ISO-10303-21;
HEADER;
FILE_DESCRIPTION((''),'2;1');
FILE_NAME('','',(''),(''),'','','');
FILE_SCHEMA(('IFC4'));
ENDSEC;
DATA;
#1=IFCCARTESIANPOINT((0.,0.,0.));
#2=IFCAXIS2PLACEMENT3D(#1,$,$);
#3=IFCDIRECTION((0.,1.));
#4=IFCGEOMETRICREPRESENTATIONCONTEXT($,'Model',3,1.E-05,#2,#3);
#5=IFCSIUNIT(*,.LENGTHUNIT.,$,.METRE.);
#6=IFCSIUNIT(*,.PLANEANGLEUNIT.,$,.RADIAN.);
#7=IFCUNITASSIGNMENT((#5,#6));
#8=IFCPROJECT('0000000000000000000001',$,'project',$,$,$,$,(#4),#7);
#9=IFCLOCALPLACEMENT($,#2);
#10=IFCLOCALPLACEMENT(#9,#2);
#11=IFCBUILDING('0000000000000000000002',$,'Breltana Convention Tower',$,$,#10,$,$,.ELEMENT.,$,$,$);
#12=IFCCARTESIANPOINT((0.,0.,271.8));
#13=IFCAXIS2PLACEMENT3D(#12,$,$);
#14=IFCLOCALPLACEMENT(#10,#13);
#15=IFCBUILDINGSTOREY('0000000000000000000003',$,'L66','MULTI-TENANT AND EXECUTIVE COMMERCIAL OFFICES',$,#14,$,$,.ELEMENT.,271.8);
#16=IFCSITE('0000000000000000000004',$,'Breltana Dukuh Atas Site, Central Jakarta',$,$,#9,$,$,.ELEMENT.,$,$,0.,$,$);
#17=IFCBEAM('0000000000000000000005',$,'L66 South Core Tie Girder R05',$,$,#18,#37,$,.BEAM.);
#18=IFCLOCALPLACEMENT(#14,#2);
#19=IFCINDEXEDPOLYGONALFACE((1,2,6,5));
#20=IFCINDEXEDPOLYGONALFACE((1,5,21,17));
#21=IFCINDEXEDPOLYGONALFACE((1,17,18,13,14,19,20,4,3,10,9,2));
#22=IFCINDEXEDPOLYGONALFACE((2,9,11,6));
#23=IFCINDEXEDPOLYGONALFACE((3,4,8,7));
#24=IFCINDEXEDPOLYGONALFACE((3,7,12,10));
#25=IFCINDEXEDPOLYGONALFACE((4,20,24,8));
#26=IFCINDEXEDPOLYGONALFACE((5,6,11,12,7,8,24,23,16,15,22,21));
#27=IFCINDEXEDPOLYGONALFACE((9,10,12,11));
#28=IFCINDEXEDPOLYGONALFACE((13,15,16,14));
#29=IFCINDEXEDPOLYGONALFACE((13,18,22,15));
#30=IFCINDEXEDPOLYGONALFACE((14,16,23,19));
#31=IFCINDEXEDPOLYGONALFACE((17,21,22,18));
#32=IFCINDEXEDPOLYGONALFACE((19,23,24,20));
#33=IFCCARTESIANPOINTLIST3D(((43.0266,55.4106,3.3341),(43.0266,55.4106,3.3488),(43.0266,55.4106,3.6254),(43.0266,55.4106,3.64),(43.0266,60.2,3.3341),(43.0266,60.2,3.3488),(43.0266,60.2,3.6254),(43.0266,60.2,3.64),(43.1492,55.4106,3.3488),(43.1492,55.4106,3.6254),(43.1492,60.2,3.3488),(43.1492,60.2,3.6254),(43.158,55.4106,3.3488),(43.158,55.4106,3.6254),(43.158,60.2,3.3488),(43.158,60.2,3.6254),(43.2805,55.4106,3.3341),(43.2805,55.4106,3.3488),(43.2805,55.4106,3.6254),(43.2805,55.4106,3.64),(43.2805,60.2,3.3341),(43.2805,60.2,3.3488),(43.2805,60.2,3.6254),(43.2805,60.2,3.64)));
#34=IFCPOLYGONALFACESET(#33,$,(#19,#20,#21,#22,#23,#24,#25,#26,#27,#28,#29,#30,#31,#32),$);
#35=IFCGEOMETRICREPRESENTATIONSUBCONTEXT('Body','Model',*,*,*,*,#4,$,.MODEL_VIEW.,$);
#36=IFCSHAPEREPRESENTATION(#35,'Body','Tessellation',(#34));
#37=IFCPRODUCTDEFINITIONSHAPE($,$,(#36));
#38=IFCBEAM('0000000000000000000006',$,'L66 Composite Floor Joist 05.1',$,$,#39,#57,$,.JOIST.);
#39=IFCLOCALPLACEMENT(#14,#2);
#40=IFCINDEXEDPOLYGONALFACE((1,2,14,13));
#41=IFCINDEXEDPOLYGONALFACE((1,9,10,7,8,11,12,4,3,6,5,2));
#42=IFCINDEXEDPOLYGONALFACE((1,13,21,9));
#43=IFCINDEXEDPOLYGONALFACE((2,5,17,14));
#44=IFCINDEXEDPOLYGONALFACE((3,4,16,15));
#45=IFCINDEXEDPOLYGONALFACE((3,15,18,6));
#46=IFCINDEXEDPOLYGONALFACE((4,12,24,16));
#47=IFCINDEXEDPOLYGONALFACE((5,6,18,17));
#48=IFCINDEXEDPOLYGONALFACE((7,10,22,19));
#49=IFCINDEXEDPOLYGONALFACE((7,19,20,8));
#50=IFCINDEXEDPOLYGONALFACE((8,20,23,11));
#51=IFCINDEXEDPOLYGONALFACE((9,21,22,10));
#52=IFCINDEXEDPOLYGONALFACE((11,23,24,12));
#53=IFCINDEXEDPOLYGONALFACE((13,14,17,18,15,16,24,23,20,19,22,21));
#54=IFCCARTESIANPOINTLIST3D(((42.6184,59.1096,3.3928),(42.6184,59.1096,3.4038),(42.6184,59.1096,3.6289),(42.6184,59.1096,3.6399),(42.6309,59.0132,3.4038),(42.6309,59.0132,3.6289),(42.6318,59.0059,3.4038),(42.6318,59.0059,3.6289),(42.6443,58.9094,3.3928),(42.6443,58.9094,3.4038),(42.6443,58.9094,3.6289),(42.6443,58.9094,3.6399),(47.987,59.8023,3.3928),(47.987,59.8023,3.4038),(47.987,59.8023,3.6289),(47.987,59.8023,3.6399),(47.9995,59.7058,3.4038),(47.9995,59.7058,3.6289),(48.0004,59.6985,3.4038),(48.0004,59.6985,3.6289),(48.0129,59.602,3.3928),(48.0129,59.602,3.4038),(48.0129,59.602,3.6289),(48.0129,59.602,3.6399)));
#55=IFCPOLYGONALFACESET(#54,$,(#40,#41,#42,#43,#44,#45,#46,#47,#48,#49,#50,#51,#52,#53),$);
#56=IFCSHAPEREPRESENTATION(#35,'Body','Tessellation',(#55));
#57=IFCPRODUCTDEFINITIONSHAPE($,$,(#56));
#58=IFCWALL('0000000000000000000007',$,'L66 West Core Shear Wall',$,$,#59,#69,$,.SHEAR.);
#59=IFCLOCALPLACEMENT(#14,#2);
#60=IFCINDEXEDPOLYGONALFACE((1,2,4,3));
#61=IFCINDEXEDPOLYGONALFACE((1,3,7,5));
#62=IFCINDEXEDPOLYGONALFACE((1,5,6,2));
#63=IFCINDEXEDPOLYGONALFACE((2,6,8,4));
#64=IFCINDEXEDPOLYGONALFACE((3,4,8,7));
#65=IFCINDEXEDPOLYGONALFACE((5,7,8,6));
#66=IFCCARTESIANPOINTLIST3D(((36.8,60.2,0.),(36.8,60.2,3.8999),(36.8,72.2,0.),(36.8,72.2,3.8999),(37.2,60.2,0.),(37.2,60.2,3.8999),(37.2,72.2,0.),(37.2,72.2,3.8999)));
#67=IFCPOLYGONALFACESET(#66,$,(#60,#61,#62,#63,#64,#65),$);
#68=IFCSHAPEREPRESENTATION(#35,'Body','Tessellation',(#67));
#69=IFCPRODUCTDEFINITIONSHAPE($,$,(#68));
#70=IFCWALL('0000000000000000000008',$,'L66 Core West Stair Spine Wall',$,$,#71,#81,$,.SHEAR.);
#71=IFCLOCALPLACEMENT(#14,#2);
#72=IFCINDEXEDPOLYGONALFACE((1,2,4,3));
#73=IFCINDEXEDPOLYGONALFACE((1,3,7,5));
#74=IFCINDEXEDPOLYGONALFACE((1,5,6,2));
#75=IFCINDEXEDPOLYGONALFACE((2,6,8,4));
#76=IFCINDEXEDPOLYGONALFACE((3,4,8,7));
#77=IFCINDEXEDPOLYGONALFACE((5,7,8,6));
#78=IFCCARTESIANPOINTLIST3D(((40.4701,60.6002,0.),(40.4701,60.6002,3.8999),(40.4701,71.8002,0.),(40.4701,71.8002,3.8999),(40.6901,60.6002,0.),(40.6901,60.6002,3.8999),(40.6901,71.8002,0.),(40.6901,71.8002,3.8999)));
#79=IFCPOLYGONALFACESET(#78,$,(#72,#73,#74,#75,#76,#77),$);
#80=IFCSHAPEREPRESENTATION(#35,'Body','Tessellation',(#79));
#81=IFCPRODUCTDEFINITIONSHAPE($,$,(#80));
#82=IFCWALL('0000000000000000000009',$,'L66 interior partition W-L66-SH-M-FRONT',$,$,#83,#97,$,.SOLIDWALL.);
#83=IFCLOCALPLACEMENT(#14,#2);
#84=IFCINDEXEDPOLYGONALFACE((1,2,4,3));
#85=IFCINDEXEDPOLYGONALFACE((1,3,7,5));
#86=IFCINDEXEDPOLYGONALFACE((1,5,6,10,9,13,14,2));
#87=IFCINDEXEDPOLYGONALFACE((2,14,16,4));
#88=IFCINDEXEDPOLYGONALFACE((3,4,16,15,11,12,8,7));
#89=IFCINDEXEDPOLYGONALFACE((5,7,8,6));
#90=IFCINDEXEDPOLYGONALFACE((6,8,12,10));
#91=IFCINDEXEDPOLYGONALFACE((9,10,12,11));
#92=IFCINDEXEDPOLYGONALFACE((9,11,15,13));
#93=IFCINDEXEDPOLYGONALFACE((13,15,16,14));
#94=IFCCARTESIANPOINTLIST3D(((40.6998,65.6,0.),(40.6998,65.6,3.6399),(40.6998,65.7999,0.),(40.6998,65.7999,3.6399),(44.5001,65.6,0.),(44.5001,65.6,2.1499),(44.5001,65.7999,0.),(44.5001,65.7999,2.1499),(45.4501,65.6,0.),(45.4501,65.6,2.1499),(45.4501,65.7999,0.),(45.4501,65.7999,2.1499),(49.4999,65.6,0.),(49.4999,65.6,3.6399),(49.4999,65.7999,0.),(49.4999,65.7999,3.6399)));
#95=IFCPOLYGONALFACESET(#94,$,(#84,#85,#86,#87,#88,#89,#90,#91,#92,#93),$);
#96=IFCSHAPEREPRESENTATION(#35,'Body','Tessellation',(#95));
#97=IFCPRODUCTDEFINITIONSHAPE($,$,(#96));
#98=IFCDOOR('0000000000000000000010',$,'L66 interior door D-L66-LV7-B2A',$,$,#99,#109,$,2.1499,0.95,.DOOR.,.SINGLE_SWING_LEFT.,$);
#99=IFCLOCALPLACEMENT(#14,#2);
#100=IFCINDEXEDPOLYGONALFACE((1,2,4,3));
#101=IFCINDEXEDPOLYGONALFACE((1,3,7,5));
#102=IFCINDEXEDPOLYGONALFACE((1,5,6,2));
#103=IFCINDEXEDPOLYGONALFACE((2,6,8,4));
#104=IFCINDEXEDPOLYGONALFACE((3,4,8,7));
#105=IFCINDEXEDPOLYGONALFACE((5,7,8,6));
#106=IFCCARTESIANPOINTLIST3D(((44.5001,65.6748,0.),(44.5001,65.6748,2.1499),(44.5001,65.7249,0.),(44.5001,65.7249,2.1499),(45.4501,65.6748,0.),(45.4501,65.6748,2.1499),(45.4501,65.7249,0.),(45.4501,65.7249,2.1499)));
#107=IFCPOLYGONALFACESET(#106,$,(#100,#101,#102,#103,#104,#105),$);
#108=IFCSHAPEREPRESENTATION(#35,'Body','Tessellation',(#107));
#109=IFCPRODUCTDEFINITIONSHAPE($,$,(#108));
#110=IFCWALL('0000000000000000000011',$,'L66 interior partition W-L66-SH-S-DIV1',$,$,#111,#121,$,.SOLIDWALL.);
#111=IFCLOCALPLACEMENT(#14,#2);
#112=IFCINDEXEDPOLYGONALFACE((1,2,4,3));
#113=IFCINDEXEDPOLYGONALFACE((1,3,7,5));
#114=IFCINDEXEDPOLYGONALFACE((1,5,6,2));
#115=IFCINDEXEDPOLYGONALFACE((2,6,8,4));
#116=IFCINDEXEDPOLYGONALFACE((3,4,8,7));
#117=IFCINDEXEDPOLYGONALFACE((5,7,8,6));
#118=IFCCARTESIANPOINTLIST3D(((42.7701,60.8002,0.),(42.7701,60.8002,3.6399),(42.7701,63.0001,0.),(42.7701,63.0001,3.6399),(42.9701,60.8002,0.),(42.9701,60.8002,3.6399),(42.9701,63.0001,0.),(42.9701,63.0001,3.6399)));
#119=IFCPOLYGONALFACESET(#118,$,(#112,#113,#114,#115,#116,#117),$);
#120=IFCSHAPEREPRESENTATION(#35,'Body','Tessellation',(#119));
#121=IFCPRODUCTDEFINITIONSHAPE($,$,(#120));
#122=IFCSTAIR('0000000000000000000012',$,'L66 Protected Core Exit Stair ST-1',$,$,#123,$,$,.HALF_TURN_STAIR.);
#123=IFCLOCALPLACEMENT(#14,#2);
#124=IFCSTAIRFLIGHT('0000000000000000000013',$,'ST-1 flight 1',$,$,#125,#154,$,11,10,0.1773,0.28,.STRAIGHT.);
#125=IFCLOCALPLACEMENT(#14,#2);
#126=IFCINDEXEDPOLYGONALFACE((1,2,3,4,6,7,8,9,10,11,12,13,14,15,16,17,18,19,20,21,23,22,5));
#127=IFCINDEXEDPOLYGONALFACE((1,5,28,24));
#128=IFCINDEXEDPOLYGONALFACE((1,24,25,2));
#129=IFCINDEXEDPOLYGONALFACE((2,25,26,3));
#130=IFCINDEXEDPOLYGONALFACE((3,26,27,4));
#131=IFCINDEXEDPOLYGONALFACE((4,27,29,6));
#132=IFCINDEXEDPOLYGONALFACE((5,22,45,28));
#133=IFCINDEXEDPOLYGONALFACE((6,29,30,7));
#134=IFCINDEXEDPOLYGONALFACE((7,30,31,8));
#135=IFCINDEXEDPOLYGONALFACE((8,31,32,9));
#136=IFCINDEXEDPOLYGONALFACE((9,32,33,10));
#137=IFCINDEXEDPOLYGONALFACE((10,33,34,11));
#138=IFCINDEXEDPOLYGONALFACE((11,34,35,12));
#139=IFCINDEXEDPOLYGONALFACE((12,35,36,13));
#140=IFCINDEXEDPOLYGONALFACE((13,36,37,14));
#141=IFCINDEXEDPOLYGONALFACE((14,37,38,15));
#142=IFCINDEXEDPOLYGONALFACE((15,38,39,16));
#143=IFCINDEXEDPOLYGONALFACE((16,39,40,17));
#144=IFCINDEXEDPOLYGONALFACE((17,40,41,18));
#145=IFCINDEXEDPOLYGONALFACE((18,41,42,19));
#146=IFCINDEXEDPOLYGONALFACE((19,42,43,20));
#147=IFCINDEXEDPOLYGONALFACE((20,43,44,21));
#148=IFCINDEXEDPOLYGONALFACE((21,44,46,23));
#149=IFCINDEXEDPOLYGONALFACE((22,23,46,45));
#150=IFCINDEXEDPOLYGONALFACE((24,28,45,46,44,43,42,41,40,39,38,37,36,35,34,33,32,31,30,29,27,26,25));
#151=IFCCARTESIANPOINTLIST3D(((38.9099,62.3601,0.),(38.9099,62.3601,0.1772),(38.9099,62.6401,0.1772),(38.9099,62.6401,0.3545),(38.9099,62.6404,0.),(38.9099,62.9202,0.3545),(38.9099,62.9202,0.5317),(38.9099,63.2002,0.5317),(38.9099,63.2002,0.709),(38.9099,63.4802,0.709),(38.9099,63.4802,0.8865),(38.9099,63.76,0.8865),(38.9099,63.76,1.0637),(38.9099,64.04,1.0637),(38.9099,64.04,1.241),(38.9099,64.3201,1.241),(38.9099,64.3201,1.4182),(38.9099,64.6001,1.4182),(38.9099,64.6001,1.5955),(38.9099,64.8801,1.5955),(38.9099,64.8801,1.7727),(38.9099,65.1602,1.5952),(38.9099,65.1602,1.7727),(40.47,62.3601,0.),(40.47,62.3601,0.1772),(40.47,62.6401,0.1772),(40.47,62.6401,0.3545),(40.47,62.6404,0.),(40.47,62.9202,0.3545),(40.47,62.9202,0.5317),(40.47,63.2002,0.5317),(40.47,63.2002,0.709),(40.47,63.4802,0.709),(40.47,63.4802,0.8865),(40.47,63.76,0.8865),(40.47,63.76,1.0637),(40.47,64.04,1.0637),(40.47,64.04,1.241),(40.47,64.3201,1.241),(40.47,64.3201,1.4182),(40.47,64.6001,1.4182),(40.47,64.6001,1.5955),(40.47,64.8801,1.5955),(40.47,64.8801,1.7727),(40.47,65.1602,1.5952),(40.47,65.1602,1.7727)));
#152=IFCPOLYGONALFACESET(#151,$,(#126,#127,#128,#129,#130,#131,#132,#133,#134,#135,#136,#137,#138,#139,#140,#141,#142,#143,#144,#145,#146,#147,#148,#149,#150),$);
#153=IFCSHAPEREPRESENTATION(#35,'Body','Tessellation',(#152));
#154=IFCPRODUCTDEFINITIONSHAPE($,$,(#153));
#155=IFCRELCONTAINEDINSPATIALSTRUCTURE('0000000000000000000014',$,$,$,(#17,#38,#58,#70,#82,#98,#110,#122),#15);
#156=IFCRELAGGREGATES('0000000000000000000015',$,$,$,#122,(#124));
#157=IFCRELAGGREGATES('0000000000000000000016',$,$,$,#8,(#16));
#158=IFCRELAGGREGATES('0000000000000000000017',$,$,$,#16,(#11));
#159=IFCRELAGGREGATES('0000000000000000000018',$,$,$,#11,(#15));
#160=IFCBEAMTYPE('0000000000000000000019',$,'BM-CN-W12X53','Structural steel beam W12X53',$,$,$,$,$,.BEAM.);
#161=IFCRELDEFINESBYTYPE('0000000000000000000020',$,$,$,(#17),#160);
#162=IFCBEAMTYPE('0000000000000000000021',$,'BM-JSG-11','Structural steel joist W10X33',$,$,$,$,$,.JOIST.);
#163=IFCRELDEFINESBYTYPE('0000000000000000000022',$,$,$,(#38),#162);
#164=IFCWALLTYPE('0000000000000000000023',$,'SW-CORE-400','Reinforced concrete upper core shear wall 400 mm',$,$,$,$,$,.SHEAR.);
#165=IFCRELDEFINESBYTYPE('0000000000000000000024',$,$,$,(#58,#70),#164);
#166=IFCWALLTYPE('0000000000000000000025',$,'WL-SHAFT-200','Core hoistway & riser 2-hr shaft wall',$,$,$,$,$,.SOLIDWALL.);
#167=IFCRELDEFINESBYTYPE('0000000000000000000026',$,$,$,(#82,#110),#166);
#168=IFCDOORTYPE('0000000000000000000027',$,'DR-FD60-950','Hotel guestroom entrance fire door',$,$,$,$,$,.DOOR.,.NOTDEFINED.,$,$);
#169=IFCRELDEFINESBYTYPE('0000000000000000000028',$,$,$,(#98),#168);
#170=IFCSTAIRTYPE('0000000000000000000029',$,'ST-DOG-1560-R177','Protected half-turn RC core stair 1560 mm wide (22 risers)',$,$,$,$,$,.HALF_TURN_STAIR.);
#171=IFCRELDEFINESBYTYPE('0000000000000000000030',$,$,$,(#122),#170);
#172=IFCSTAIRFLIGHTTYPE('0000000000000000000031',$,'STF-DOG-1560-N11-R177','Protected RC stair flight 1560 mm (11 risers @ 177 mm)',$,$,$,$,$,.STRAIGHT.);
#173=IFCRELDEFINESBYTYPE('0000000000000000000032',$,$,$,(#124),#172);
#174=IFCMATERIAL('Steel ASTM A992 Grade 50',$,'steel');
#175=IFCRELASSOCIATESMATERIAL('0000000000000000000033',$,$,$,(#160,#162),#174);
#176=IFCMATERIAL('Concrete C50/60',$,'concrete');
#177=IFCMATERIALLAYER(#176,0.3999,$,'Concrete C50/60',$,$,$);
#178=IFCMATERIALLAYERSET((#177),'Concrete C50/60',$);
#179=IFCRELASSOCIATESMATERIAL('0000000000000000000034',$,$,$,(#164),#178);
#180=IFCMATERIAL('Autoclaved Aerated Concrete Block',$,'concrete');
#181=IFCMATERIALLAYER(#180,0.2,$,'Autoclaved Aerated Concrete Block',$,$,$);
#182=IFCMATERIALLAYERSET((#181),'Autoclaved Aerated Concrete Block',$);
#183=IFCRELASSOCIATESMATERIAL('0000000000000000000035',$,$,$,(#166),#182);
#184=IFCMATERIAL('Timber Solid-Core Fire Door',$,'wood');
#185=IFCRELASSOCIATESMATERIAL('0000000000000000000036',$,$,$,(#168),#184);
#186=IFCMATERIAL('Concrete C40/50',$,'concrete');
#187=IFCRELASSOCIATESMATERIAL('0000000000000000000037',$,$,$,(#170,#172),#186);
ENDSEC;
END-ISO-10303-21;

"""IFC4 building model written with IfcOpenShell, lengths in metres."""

from ifc_helpers import new_model, si_unit, direction, frame, frame_2d, origin, origin_2d, place, context, subcontext, project, spatial, polyline, rectangle, i_section, outline, extrude, source, transform, mapped, material, layer, layer_set, material_profile, profile_set, type_object, type_shapes, element, fill, aggregate, save


model = new_model("IFC4")

# Units and contexts
model_context = context("Model", 3, precision=1e-05, world=origin(), true_north=direction((0.0, 1.0)))
body_context = subcontext(model_context, "Body", "Model", "MODEL_VIEW")
ifc_project = project(units=[si_unit("LENGTHUNIT", "METRE"), si_unit("PLANEANGLEUNIT", "RADIAN")], contexts=[model_context])

# Site, building, storey
site_placement = place(None, origin())
site = spatial("IfcSite", under=ifc_project, at=site_placement, Name="Breltana Dukuh Atas Site, Central Jakarta", CompositionType="ELEMENT", RefElevation=0.0)
building_placement = place(site_placement, origin())
building = spatial("IfcBuilding", under=site, at=building_placement, Name="Breltana Convention Tower", CompositionType="ELEMENT")
storey_placement = place(building_placement, frame((0.0, 0.0, 271.8)))
storey = spatial("IfcBuildingStorey", under=building, at=storey_placement, Name="L66", Description="MULTI-TENANT AND EXECUTIVE COMMERCIAL OFFICES", CompositionType="ELEMENT", Elevation=271.8)

# Beams
ifc_material_1 = material(Name="Steel ASTM A992 Grade 50", Category="steel")
ifc_material_profile_1 = material_profile(ifc_material_1, i_section(OverallWidth=0.2539, OverallDepth=0.3059, WebThickness=0.0088, FlangeThickness=0.0146, at=origin_2d()), Name="W12X53")
ifc_profile_set_1 = profile_set([ifc_material_profile_1], Name="Steel ASTM A992 Grade 50")
beam_type_1 = type_object("IfcBeamType", Name="BM-CN-W12X53", Description="Structural steel beam W12X53", PredefinedType="BEAM", material=ifc_profile_set_1)
shared_shape_1 = source(origin(), body_context, "Body", "SweptSolid", [
    extrude(i_section(OverallWidth=0.2539, OverallDepth=0.3059, WebThickness=0.0088, FlangeThickness=0.0146, at=origin_2d()), origin(), (0.0, 0.0, 1.0), 4.7893),
])
beam_1_placement = place(storey_placement, frame((43.1536, 60.2, 3.4871), z_axis=(0.0, -1.0, 0.0), x_axis=(1.0, 0.0, 0.0)))
element("IfcBeam", 1, at=beam_1_placement, inside=storey, type_object=beam_type_1, Name="L66 South Core Tie Girder R05", PredefinedType="BEAM", context=body_context, shape_type="MappedRepresentation", body=[
    mapped(shared_shape_1, transform((0.0, 0.0, 0.0), scale=1.0)),
])
ifc_material_profile_2 = material_profile(ifc_material_1, i_section(OverallWidth=0.2019, OverallDepth=0.2471, WebThickness=0.0073, FlangeThickness=0.011, at=origin_2d()), Name="W10X33")
ifc_profile_set_2 = profile_set([ifc_material_profile_2], Name="Steel ASTM A992 Grade 50")
beam_type_2 = type_object("IfcBeamType", Name="BM-JSG-11", Description="Structural steel joist W10X33", PredefinedType="JOIST", material=ifc_profile_set_2)
shared_shape_2 = source(origin(), body_context, "Body", "SweptSolid", [
    extrude(i_section(OverallWidth=0.2019, OverallDepth=0.2471, WebThickness=0.0073, FlangeThickness=0.011, at=origin_2d()), origin(), (0.0, 0.0, 1.0), 5.4131),
])
beam_2_placement = place(storey_placement, frame((42.6313, 59.0095, 3.5164), z_axis=(0.99178, 0.127953, 0.0), x_axis=(-0.127953, 0.99178, 0.0)))
element("IfcBeam", 2, at=beam_2_placement, inside=storey, type_object=beam_type_2, Name="L66 Composite Floor Joist 05.1", PredefinedType="JOIST", context=body_context, shape_type="MappedRepresentation", body=[
    mapped(shared_shape_2, transform((0.0, 0.0, 0.0), scale=1.0)),
])

# Wall
ifc_material_2 = material(Name="Concrete C50/60", Category="concrete")
ifc_layer_1 = layer(ifc_material_2, 0.3999, Name="Concrete C50/60")
ifc_layer_set_1 = layer_set([ifc_layer_1], Name="Concrete C50/60")
wall_type_1 = type_object("IfcWallType", Name="SW-CORE-400", Description="Reinforced concrete upper core shear wall 400 mm", PredefinedType="SHEAR", material=ifc_layer_set_1)
shared_shape_3 = source(origin(), body_context, "Body", "SweptSolid", [
    extrude(rectangle(XDim=12.0, YDim=0.3999, at=frame_2d((6.0, 0.0))), origin(), (0.0, 0.0, 1.0), 3.8999),
])
wall_1_placement = place(storey_placement, frame((37.0, 60.2, 0.0), z_axis=(0.0, 0.0, 1.0), x_axis=(0.0, 1.0, 0.0)))
element("IfcWall", 3, at=wall_1_placement, inside=storey, type_object=wall_type_1, Name="L66 West Core Shear Wall", PredefinedType="SHEAR", context=body_context, shape_type="MappedRepresentation", body=[
    mapped(shared_shape_3, transform((0.0, 0.0, 0.0), scale=1.0)),
])

# Wall
shared_shape_4 = source(origin(), body_context, "Body", "SweptSolid", [
    extrude(rectangle(XDim=11.2, YDim=0.22, at=frame_2d((5.6001, 0.0))), origin(), (0.0, 0.0, 1.0), 3.8999),
])
wall_2_placement = place(storey_placement, frame((40.5801, 60.6001, 0.0), z_axis=(0.0, 0.0, 1.0), x_axis=(0.0, 1.0, 0.0)))
element("IfcWall", 4, at=wall_2_placement, inside=storey, type_object=wall_type_1, Name="L66 Core West Stair Spine Wall", PredefinedType="SHEAR", context=body_context, shape_type="MappedRepresentation", body=[
    mapped(shared_shape_4, transform((0.0, 0.0, 0.0), scale=1.0)),
])

# Wall, opening, door
ifc_material_3 = material(Name="Autoclaved Aerated Concrete Block", Category="concrete")
ifc_layer_2 = layer(ifc_material_3, 0.2, Name="Autoclaved Aerated Concrete Block")
ifc_layer_set_2 = layer_set([ifc_layer_2], Name="Autoclaved Aerated Concrete Block")
wall_type_2 = type_object("IfcWallType", Name="WL-SHAFT-200", Description="Core hoistway & riser 2-hr shaft wall", PredefinedType="SOLIDWALL", material=ifc_layer_set_2)
shared_shape_5 = source(origin(), body_context, "Body", "SweptSolid", [
    extrude(rectangle(XDim=8.8, YDim=0.2, at=frame_2d((4.3999, 0.0))), origin(), (0.0, 0.0, 1.0), 3.6399),
])
wall_3_placement = place(storey_placement, frame((40.7, 65.7, 0.0), z_axis=(0.0, 0.0, 1.0), x_axis=(1.0, 0.0, 0.0)))
wall_3 = element("IfcWall", 5, at=wall_3_placement, inside=storey, type_object=wall_type_2, Name="L66 interior partition W-L66-SH-M-FRONT", PredefinedType="SOLIDWALL", context=body_context, shape_type="MappedRepresentation", body=[
    mapped(shared_shape_5, transform((0.0, 0.0, 0.0), scale=1.0)),
])
opening_1_placement = place(wall_3_placement, frame((3.8, 0.0, 0.0)))
opening_1 = element("IfcOpeningElement", 6, at=opening_1_placement, cuts=wall_3, PredefinedType="OPENING", context=body_context, shape_type="SweptSolid", body=[
    extrude(rectangle(XDim=0.95, YDim=2.1499, at=frame_2d((0.4751, 1.075))), frame((0.0, 0.1099, 0.0), z_axis=(0.0, -1.0, 0.0), x_axis=(1.0, 0.0, 0.0)), (0.0, 0.0, 1.0), 0.22),
])
ifc_material_4 = material(Name="Timber Solid-Core Fire Door", Category="wood")
door_type_1 = type_object("IfcDoorType", Name="DR-FD60-950", Description="Hotel guestroom entrance fire door", OperationType="NOTDEFINED", PredefinedType="DOOR", material=ifc_material_4)
shared_shape_6 = source(origin(), body_context, "Body", "SweptSolid", [
    extrude(rectangle(XDim=0.95, YDim=2.1499, at=frame_2d((0.4751, 1.075))), frame((0.0, 0.0249, 0.0), z_axis=(0.0, -1.0, 0.0), x_axis=(1.0, 0.0, 0.0)), (0.0, 0.0, 1.0), 0.05),
])
type_shapes(door_type_1, [shared_shape_6])
door_1_placement = place(opening_1_placement, origin())
door_1 = element("IfcDoor", 7, at=door_1_placement, inside=storey, type_object=door_type_1, Name="L66 interior door D-L66-LV7-B2A", OperationType="SINGLE_SWING_LEFT", OverallHeight=2.1499, OverallWidth=0.95, PredefinedType="DOOR", context=body_context, shape_type="MappedRepresentation", body=[
    mapped(shared_shape_6, transform((0.0, 0.0, 0.0), scale=1.0)),
])
fill(opening_1, door_1)

# Wall
shared_shape_7 = source(origin(), body_context, "Body", "SweptSolid", [
    extrude(rectangle(XDim=2.2, YDim=0.2, at=frame_2d((1.1001, 0.0))), origin(), (0.0, 0.0, 1.0), 3.6399),
])
wall_4_placement = place(storey_placement, frame((42.8701, 60.8, 0.0), z_axis=(0.0, 0.0, 1.0), x_axis=(0.0, 1.0, 0.0)))
element("IfcWall", 8, at=wall_4_placement, inside=storey, type_object=wall_type_2, Name="L66 interior partition W-L66-SH-S-DIV1", PredefinedType="SOLIDWALL", context=body_context, shape_type="MappedRepresentation", body=[
    mapped(shared_shape_7, transform((0.0, 0.0, 0.0), scale=1.0)),
])

# Stair, stair flight
ifc_material_5 = material(Name="Concrete C40/50", Category="concrete")
stair_type = type_object("IfcStairType", Name="ST-DOG-1560-R177", Description="Protected half-turn RC core stair 1560 mm wide (22 risers)", PredefinedType="HALF_TURN_STAIR", material=ifc_material_5)
stair_placement = place(storey_placement, origin())
stair = element("IfcStair", 9, at=stair_placement, inside=storey, type_object=stair_type, Name="L66 Protected Core Exit Stair ST-1", PredefinedType="HALF_TURN_STAIR")
stair_flight_type = type_object("IfcStairFlightType", Name="STF-DOG-1560-N11-R177", Description="Protected RC stair flight 1560 mm (11 risers @ 177 mm)", PredefinedType="STRAIGHT", material=ifc_material_5)
stair_flight_1_placement = place(storey_placement, frame((39.6899, 62.3601, 0.0), z_axis=(0.0, 0.0, 1.0), x_axis=(0.0, 1.0, 0.0)))
stair_flight_1 = element("IfcStairFlight", 10, at=stair_flight_1_placement, type_object=stair_flight_type, Name="ST-1 flight 1", NumberOfRisers=11, NumberOfTreads=10, PredefinedType="STRAIGHT", RiserHeight=0.1773, TreadLength=0.28, context=body_context, shape_type="SweptSolid", body=[
    extrude(outline(polyline([(0.0, 0.0), (0.0, 0.1772), (0.28, 0.1772), (0.28, 0.3545), (0.5601, 0.3545), (0.5601, 0.5317), (0.8401, 0.5317), (0.8401, 0.709), (1.1201, 0.709), (1.1201, 0.8865), (1.3999, 0.8865), (1.3999, 1.0637), (1.6799, 1.0637), (1.6799, 1.241), (1.96, 1.241), (1.96, 1.4182), (2.24, 1.4182), (2.24, 1.5955), (2.52, 1.5955), (2.52, 1.7727), (2.8, 1.7727), (2.8, 1.95), (2.8, 1.5952), (0.2803, 0.0), (0.0, 0.0)])), frame((0.0, 0.78, 0.0), z_axis=(0.0, -1.0, 0.0), x_axis=(1.0, 0.0, 0.0)), (0.0, 0.0, 1.0), 1.5601),
])
aggregate(stair, [stair_flight_1])

save(model, "model.ifc")
